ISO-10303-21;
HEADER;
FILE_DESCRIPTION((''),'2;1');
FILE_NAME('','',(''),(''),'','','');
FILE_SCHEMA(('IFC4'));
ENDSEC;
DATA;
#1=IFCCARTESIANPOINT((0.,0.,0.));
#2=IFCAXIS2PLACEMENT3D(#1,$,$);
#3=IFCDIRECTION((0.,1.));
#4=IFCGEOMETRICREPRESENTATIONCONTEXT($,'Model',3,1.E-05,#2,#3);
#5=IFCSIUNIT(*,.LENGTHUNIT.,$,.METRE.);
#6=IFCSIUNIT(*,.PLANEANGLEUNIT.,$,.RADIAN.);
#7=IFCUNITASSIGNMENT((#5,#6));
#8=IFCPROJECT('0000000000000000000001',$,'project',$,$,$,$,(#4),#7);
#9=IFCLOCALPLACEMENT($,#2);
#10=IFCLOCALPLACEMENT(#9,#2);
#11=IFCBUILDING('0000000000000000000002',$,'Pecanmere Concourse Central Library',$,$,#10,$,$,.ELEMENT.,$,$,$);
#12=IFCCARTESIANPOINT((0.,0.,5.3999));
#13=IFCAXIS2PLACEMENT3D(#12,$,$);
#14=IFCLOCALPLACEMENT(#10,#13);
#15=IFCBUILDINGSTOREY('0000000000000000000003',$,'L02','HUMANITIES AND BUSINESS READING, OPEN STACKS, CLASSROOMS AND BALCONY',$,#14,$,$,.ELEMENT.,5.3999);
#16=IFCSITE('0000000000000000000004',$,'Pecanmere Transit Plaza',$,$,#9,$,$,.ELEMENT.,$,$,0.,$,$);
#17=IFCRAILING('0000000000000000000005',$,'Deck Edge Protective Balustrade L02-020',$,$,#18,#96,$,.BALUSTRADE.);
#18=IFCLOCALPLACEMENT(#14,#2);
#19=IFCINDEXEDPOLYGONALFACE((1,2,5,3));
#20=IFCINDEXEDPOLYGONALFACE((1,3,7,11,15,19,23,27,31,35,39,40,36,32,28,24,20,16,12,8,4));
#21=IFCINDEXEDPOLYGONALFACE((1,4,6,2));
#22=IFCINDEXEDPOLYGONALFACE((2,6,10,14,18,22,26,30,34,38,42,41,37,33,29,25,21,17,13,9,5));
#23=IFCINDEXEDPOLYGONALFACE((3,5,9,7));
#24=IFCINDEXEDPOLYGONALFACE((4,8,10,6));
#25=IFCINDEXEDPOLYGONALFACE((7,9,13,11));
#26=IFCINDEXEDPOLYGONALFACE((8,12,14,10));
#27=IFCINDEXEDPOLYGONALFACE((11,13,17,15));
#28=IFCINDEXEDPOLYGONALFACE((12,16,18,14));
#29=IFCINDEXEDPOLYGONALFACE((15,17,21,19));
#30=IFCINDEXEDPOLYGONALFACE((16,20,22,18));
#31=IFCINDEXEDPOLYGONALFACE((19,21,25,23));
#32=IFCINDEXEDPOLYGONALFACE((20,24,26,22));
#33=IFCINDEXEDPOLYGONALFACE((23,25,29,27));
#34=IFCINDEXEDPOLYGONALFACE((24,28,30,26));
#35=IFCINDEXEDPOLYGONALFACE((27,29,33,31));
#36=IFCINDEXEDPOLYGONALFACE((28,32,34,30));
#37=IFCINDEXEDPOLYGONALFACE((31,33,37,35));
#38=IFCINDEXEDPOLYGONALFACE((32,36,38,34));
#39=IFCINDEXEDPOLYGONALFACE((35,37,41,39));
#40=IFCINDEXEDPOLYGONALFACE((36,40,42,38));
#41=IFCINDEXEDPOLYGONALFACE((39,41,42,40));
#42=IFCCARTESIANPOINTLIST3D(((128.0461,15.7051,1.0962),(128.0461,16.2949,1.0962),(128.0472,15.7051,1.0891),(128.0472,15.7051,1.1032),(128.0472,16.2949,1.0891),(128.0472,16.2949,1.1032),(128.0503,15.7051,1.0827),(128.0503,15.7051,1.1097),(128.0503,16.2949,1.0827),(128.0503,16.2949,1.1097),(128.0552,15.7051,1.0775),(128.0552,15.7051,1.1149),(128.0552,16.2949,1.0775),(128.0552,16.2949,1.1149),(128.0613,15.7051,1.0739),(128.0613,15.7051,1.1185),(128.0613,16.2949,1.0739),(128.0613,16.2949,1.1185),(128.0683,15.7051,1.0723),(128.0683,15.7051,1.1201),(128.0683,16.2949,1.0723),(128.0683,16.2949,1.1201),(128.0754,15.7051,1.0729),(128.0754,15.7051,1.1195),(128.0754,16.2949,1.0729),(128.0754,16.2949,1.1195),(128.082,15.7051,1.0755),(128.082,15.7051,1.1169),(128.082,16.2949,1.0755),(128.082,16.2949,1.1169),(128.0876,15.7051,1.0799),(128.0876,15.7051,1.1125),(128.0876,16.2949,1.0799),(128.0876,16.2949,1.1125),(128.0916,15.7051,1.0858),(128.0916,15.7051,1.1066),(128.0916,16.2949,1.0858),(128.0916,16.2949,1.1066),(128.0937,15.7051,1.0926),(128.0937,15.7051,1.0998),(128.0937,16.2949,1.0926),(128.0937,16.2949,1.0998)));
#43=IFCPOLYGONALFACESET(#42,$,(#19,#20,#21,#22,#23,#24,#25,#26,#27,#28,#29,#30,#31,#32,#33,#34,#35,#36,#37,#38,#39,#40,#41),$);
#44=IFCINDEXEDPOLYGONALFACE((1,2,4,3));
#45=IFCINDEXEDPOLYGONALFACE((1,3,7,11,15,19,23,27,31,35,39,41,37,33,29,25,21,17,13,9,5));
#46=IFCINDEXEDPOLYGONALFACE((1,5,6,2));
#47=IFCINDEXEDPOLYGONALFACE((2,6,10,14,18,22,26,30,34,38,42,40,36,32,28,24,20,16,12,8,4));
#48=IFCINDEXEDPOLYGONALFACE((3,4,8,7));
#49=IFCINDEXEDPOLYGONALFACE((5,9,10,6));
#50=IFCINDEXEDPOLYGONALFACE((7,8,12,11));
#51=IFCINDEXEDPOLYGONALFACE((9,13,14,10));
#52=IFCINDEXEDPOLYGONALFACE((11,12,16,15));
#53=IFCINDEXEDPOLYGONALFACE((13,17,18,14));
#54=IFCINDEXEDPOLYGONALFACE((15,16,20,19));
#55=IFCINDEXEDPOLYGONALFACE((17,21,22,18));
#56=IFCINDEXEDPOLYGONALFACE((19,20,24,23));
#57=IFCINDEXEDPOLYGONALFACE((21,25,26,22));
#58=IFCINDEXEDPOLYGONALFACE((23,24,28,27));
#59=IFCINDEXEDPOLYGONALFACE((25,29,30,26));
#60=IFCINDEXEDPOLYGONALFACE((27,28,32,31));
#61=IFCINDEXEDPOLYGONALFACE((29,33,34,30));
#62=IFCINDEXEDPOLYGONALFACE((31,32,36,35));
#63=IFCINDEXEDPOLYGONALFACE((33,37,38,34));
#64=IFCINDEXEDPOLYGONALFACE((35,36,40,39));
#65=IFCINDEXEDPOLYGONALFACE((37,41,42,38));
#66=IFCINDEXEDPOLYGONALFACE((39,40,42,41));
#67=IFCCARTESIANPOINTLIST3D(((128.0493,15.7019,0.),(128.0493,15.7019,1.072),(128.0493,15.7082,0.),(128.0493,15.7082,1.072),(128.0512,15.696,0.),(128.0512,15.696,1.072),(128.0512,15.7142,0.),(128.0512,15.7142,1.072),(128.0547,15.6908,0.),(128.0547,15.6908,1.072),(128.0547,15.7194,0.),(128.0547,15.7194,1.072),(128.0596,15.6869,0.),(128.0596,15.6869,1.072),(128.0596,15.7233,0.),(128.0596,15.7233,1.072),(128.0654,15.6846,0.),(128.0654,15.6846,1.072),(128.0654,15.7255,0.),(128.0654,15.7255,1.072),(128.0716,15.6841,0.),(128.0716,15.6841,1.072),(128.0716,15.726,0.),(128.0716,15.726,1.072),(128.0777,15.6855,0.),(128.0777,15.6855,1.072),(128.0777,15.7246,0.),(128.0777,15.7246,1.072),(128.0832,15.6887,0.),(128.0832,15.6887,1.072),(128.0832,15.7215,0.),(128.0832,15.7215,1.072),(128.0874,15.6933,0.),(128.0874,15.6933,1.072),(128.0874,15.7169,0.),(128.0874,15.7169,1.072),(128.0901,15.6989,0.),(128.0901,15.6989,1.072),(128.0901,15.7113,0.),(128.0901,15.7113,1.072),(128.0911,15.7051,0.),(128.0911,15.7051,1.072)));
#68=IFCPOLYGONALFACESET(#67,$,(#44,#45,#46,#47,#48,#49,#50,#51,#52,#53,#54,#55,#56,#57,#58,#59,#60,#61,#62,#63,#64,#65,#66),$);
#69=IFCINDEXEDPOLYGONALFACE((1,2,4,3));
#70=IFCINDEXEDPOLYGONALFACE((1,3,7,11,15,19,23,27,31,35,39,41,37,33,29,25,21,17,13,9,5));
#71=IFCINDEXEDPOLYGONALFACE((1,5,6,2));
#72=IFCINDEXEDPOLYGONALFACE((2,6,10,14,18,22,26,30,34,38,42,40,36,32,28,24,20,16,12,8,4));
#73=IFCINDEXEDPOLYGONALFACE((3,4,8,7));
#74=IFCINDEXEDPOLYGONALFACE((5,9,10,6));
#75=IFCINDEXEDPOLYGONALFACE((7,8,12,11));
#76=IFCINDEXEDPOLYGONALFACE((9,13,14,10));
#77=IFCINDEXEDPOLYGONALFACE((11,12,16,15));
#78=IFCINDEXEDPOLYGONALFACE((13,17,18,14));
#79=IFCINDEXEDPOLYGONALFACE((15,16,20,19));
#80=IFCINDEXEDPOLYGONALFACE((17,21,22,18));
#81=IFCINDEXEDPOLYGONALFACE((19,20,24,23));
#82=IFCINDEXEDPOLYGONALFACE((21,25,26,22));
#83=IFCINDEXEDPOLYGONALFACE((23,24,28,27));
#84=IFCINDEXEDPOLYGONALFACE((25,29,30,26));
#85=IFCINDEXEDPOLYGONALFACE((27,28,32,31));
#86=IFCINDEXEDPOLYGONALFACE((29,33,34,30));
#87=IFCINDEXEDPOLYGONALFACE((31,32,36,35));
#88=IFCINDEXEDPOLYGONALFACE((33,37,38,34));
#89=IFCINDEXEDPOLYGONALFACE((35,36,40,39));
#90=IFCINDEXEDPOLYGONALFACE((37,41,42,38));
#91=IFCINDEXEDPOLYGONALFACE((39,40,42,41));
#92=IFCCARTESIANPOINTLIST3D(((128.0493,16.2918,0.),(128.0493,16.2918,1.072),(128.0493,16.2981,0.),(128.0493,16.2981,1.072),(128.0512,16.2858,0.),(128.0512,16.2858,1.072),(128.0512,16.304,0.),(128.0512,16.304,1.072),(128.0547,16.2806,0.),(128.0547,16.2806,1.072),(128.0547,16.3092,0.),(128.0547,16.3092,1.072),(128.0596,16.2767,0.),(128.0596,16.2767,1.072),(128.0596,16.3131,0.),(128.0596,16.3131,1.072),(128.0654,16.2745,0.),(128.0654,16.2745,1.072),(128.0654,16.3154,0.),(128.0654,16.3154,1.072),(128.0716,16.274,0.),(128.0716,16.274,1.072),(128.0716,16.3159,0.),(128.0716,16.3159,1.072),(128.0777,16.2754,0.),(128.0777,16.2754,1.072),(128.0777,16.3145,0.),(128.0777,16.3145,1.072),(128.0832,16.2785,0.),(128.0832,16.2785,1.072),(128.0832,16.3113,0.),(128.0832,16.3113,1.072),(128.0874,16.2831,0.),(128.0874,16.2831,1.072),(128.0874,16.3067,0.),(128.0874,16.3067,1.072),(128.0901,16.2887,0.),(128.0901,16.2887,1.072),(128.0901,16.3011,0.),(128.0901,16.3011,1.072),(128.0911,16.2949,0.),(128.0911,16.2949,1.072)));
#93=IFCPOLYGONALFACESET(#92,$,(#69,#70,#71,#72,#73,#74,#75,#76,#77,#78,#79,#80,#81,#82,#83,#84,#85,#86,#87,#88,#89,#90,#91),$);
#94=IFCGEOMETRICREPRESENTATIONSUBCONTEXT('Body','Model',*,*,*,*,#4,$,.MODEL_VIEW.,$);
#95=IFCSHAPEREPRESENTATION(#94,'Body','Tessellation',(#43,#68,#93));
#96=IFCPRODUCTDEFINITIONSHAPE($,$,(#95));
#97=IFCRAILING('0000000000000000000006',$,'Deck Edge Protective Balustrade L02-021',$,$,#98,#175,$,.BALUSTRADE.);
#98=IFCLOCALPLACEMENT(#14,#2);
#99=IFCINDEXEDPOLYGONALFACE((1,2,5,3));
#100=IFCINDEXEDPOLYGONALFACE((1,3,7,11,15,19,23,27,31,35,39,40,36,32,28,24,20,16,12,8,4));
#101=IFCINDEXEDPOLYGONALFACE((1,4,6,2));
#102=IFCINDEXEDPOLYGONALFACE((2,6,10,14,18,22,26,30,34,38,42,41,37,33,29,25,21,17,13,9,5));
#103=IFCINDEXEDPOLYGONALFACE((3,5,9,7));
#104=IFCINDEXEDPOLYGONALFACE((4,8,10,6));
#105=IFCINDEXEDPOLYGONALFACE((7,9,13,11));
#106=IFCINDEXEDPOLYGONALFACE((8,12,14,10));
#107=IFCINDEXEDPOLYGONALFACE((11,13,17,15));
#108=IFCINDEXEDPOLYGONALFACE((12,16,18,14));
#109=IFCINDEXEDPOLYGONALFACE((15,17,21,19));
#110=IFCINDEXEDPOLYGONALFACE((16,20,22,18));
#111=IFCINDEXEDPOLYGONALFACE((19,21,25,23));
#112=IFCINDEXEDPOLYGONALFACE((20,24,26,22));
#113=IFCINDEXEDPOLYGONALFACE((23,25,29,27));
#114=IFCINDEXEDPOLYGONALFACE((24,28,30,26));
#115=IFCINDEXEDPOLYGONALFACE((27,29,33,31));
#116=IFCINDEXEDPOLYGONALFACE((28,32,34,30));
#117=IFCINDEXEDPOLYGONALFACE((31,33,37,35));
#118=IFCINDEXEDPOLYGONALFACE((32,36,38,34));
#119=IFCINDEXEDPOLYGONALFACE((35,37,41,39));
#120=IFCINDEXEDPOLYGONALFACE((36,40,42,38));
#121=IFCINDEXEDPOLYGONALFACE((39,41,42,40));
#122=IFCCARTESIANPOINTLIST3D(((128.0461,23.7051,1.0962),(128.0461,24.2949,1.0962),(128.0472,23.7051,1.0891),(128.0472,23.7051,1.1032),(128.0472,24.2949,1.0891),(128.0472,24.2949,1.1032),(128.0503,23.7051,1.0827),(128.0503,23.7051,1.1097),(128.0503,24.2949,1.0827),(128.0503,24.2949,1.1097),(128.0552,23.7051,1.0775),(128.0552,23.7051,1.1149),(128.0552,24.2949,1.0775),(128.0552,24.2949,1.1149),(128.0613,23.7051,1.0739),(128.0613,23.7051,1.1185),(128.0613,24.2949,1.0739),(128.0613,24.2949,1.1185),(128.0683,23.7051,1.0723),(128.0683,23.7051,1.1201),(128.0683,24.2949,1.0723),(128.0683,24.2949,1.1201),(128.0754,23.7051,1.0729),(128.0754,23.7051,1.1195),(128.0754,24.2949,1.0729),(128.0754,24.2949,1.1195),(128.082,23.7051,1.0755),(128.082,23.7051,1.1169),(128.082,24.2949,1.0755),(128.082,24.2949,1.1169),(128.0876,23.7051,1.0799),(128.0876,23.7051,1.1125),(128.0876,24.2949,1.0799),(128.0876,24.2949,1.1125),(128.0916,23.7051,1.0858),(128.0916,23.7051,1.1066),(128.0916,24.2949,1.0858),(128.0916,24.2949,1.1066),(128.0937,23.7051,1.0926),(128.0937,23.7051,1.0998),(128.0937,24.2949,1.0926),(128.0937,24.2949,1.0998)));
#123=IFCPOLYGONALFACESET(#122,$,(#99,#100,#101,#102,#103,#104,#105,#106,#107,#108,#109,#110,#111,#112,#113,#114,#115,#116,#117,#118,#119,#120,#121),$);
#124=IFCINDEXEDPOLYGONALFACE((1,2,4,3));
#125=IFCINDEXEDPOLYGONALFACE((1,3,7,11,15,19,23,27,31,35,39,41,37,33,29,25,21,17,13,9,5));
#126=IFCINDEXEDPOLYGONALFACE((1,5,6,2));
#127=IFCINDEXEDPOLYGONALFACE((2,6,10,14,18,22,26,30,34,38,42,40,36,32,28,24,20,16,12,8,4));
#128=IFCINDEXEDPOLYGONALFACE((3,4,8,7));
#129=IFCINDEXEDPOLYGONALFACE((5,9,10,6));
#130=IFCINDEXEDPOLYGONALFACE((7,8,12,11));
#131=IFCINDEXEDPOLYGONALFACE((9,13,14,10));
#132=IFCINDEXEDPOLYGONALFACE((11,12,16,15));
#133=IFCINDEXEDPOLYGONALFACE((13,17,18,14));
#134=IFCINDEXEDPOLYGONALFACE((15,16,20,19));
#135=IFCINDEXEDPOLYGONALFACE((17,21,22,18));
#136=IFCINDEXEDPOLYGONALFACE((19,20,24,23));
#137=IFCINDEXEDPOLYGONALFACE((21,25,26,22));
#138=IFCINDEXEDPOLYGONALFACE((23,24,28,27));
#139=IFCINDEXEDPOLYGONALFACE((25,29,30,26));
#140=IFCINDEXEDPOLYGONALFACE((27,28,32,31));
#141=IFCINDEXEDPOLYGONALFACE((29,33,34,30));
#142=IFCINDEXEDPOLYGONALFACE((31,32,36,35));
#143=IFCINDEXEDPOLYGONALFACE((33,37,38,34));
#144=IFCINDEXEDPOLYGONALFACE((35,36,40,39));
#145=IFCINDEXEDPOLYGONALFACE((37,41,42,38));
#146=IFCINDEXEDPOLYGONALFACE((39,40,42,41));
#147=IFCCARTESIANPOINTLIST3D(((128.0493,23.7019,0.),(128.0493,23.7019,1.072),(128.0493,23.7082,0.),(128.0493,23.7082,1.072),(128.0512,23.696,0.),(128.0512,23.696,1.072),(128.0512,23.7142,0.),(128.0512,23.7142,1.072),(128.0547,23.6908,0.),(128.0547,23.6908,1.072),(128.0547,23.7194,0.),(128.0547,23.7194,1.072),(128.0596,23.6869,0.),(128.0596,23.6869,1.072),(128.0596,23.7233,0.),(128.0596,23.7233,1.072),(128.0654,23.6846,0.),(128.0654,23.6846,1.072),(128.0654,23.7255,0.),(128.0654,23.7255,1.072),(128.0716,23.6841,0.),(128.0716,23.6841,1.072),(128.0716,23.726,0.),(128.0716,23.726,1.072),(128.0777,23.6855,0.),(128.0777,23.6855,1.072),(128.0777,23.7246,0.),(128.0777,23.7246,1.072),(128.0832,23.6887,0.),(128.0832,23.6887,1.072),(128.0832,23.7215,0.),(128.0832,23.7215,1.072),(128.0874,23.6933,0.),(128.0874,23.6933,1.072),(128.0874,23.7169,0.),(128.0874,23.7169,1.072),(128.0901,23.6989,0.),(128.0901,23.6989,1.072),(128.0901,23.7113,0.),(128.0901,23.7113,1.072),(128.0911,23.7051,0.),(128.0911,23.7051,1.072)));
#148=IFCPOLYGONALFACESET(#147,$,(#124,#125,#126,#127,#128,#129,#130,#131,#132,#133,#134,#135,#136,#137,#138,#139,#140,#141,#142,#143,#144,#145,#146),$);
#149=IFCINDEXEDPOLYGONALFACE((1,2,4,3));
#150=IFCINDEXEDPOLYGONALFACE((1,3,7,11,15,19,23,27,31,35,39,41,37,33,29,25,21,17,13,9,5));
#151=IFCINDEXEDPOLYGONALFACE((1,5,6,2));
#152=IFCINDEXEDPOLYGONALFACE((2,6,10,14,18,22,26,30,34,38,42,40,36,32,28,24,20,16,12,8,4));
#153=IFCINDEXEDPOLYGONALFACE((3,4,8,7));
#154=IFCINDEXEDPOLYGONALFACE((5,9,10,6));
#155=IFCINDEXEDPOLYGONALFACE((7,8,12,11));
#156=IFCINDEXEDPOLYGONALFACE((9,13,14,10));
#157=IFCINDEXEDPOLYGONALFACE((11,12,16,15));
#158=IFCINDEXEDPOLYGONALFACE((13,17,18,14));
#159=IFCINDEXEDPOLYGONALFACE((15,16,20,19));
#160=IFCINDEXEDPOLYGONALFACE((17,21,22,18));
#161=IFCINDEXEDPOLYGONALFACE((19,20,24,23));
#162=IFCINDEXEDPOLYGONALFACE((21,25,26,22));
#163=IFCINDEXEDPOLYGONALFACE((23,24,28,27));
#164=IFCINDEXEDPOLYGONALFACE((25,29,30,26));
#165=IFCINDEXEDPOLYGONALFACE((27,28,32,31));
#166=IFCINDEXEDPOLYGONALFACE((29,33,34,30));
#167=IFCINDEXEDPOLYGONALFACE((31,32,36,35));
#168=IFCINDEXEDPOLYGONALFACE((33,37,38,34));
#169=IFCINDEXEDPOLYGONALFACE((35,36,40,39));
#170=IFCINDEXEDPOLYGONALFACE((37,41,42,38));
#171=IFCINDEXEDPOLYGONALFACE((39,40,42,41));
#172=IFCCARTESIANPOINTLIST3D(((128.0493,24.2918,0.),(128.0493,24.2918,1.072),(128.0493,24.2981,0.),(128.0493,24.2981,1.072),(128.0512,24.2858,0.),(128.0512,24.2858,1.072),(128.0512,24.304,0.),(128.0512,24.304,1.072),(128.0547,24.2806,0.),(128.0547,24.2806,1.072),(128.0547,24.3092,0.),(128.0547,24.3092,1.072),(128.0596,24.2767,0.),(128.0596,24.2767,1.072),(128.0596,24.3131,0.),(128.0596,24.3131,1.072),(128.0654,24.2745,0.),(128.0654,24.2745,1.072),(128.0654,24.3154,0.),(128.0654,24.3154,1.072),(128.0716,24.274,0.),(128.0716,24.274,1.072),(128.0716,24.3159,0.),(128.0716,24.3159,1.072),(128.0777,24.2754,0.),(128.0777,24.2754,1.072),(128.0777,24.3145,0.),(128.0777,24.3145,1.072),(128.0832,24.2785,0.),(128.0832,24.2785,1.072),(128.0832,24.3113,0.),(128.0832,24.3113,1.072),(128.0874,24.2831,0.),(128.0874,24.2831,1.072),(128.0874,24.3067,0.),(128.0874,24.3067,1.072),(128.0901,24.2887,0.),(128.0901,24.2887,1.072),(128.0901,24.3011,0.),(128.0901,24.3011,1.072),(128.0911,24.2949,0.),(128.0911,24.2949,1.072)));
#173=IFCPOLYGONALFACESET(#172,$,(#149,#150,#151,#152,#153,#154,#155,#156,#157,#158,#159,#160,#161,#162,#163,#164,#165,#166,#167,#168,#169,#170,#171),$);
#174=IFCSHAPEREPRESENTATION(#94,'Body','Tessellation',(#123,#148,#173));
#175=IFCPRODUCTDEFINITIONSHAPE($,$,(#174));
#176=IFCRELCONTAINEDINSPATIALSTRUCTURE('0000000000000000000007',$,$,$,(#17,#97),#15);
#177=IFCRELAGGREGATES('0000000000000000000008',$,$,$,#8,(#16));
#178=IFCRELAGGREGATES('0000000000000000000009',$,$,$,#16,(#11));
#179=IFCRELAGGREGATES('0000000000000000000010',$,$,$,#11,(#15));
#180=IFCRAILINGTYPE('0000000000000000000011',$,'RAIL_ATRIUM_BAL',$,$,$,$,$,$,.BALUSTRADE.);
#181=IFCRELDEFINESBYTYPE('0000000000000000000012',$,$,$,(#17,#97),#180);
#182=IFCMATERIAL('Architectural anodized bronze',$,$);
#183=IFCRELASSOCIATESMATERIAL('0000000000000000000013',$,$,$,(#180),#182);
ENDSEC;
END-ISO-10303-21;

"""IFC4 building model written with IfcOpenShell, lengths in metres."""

from ifc_helpers import new_model, si_unit, direction, frame, origin, origin_2d, place, context, subcontext, project, spatial, circle, extrude, material, type_object, element, save


model = new_model("IFC4")

# Units and contexts
model_context = context("Model", 3, precision=1e-05, world=origin(), true_north=direction((0.0, 1.0)))
body_context = subcontext(model_context, "Body", "Model", "MODEL_VIEW")
ifc_project = project(units=[si_unit("LENGTHUNIT", "METRE"), si_unit("PLANEANGLEUNIT", "RADIAN")], contexts=[model_context])

# Site, building, storey
site_placement = place(None, origin())
site = spatial("IfcSite", under=ifc_project, at=site_placement, Name="Pecanmere Transit Plaza", CompositionType="ELEMENT", RefElevation=0.0)
building_placement = place(site_placement, origin())
building = spatial("IfcBuilding", under=site, at=building_placement, Name="Pecanmere Concourse Central Library", CompositionType="ELEMENT")
storey_placement = place(building_placement, frame((0.0, 0.0, 5.3999)))
storey = spatial("IfcBuildingStorey", under=building, at=storey_placement, Name="L02", Description="HUMANITIES AND BUSINESS READING, OPEN STACKS, CLASSROOMS AND BALCONY", CompositionType="ELEMENT", Elevation=5.3999)

# Railings
ifc_material_1 = material(Name="Architectural anodized bronze")
railing_type = type_object("IfcRailingType", Name="RAIL_ATRIUM_BAL", PredefinedType="BALUSTRADE", material=ifc_material_1)
for number, where, name in (
    (1, (128.0701, 15.7051, 0.0), "Deck Edge Protective Balustrade L02-020"),
    (2, (128.0701, 23.7051, 0.0), "Deck Edge Protective Balustrade L02-021"),
):
    element("IfcRailing", number, at=place(storey_placement, frame(where)), inside=storey, type_object=railing_type, Name=name, PredefinedType="BALUSTRADE", context=body_context, shape_type="SweptSolid", body=[
        extrude(circle(Radius=0.0239, at=origin_2d()), frame((0.0, 0.0, 1.0962), z_axis=(0.0, 1.0, 0.0), x_axis=(-1.0, 0.0, 0.0)), (0.0, 0.0, 1.0), 0.5898),
        extrude(circle(Radius=0.021, at=origin_2d()), origin(), (0.0, 0.0, 1.0), 1.072),
        extrude(circle(Radius=0.021, at=origin_2d()), frame((0.0, 0.5898, 0.0)), (0.0, 0.0, 1.0), 1.072),
    ])

save(model, "model.ifc")
